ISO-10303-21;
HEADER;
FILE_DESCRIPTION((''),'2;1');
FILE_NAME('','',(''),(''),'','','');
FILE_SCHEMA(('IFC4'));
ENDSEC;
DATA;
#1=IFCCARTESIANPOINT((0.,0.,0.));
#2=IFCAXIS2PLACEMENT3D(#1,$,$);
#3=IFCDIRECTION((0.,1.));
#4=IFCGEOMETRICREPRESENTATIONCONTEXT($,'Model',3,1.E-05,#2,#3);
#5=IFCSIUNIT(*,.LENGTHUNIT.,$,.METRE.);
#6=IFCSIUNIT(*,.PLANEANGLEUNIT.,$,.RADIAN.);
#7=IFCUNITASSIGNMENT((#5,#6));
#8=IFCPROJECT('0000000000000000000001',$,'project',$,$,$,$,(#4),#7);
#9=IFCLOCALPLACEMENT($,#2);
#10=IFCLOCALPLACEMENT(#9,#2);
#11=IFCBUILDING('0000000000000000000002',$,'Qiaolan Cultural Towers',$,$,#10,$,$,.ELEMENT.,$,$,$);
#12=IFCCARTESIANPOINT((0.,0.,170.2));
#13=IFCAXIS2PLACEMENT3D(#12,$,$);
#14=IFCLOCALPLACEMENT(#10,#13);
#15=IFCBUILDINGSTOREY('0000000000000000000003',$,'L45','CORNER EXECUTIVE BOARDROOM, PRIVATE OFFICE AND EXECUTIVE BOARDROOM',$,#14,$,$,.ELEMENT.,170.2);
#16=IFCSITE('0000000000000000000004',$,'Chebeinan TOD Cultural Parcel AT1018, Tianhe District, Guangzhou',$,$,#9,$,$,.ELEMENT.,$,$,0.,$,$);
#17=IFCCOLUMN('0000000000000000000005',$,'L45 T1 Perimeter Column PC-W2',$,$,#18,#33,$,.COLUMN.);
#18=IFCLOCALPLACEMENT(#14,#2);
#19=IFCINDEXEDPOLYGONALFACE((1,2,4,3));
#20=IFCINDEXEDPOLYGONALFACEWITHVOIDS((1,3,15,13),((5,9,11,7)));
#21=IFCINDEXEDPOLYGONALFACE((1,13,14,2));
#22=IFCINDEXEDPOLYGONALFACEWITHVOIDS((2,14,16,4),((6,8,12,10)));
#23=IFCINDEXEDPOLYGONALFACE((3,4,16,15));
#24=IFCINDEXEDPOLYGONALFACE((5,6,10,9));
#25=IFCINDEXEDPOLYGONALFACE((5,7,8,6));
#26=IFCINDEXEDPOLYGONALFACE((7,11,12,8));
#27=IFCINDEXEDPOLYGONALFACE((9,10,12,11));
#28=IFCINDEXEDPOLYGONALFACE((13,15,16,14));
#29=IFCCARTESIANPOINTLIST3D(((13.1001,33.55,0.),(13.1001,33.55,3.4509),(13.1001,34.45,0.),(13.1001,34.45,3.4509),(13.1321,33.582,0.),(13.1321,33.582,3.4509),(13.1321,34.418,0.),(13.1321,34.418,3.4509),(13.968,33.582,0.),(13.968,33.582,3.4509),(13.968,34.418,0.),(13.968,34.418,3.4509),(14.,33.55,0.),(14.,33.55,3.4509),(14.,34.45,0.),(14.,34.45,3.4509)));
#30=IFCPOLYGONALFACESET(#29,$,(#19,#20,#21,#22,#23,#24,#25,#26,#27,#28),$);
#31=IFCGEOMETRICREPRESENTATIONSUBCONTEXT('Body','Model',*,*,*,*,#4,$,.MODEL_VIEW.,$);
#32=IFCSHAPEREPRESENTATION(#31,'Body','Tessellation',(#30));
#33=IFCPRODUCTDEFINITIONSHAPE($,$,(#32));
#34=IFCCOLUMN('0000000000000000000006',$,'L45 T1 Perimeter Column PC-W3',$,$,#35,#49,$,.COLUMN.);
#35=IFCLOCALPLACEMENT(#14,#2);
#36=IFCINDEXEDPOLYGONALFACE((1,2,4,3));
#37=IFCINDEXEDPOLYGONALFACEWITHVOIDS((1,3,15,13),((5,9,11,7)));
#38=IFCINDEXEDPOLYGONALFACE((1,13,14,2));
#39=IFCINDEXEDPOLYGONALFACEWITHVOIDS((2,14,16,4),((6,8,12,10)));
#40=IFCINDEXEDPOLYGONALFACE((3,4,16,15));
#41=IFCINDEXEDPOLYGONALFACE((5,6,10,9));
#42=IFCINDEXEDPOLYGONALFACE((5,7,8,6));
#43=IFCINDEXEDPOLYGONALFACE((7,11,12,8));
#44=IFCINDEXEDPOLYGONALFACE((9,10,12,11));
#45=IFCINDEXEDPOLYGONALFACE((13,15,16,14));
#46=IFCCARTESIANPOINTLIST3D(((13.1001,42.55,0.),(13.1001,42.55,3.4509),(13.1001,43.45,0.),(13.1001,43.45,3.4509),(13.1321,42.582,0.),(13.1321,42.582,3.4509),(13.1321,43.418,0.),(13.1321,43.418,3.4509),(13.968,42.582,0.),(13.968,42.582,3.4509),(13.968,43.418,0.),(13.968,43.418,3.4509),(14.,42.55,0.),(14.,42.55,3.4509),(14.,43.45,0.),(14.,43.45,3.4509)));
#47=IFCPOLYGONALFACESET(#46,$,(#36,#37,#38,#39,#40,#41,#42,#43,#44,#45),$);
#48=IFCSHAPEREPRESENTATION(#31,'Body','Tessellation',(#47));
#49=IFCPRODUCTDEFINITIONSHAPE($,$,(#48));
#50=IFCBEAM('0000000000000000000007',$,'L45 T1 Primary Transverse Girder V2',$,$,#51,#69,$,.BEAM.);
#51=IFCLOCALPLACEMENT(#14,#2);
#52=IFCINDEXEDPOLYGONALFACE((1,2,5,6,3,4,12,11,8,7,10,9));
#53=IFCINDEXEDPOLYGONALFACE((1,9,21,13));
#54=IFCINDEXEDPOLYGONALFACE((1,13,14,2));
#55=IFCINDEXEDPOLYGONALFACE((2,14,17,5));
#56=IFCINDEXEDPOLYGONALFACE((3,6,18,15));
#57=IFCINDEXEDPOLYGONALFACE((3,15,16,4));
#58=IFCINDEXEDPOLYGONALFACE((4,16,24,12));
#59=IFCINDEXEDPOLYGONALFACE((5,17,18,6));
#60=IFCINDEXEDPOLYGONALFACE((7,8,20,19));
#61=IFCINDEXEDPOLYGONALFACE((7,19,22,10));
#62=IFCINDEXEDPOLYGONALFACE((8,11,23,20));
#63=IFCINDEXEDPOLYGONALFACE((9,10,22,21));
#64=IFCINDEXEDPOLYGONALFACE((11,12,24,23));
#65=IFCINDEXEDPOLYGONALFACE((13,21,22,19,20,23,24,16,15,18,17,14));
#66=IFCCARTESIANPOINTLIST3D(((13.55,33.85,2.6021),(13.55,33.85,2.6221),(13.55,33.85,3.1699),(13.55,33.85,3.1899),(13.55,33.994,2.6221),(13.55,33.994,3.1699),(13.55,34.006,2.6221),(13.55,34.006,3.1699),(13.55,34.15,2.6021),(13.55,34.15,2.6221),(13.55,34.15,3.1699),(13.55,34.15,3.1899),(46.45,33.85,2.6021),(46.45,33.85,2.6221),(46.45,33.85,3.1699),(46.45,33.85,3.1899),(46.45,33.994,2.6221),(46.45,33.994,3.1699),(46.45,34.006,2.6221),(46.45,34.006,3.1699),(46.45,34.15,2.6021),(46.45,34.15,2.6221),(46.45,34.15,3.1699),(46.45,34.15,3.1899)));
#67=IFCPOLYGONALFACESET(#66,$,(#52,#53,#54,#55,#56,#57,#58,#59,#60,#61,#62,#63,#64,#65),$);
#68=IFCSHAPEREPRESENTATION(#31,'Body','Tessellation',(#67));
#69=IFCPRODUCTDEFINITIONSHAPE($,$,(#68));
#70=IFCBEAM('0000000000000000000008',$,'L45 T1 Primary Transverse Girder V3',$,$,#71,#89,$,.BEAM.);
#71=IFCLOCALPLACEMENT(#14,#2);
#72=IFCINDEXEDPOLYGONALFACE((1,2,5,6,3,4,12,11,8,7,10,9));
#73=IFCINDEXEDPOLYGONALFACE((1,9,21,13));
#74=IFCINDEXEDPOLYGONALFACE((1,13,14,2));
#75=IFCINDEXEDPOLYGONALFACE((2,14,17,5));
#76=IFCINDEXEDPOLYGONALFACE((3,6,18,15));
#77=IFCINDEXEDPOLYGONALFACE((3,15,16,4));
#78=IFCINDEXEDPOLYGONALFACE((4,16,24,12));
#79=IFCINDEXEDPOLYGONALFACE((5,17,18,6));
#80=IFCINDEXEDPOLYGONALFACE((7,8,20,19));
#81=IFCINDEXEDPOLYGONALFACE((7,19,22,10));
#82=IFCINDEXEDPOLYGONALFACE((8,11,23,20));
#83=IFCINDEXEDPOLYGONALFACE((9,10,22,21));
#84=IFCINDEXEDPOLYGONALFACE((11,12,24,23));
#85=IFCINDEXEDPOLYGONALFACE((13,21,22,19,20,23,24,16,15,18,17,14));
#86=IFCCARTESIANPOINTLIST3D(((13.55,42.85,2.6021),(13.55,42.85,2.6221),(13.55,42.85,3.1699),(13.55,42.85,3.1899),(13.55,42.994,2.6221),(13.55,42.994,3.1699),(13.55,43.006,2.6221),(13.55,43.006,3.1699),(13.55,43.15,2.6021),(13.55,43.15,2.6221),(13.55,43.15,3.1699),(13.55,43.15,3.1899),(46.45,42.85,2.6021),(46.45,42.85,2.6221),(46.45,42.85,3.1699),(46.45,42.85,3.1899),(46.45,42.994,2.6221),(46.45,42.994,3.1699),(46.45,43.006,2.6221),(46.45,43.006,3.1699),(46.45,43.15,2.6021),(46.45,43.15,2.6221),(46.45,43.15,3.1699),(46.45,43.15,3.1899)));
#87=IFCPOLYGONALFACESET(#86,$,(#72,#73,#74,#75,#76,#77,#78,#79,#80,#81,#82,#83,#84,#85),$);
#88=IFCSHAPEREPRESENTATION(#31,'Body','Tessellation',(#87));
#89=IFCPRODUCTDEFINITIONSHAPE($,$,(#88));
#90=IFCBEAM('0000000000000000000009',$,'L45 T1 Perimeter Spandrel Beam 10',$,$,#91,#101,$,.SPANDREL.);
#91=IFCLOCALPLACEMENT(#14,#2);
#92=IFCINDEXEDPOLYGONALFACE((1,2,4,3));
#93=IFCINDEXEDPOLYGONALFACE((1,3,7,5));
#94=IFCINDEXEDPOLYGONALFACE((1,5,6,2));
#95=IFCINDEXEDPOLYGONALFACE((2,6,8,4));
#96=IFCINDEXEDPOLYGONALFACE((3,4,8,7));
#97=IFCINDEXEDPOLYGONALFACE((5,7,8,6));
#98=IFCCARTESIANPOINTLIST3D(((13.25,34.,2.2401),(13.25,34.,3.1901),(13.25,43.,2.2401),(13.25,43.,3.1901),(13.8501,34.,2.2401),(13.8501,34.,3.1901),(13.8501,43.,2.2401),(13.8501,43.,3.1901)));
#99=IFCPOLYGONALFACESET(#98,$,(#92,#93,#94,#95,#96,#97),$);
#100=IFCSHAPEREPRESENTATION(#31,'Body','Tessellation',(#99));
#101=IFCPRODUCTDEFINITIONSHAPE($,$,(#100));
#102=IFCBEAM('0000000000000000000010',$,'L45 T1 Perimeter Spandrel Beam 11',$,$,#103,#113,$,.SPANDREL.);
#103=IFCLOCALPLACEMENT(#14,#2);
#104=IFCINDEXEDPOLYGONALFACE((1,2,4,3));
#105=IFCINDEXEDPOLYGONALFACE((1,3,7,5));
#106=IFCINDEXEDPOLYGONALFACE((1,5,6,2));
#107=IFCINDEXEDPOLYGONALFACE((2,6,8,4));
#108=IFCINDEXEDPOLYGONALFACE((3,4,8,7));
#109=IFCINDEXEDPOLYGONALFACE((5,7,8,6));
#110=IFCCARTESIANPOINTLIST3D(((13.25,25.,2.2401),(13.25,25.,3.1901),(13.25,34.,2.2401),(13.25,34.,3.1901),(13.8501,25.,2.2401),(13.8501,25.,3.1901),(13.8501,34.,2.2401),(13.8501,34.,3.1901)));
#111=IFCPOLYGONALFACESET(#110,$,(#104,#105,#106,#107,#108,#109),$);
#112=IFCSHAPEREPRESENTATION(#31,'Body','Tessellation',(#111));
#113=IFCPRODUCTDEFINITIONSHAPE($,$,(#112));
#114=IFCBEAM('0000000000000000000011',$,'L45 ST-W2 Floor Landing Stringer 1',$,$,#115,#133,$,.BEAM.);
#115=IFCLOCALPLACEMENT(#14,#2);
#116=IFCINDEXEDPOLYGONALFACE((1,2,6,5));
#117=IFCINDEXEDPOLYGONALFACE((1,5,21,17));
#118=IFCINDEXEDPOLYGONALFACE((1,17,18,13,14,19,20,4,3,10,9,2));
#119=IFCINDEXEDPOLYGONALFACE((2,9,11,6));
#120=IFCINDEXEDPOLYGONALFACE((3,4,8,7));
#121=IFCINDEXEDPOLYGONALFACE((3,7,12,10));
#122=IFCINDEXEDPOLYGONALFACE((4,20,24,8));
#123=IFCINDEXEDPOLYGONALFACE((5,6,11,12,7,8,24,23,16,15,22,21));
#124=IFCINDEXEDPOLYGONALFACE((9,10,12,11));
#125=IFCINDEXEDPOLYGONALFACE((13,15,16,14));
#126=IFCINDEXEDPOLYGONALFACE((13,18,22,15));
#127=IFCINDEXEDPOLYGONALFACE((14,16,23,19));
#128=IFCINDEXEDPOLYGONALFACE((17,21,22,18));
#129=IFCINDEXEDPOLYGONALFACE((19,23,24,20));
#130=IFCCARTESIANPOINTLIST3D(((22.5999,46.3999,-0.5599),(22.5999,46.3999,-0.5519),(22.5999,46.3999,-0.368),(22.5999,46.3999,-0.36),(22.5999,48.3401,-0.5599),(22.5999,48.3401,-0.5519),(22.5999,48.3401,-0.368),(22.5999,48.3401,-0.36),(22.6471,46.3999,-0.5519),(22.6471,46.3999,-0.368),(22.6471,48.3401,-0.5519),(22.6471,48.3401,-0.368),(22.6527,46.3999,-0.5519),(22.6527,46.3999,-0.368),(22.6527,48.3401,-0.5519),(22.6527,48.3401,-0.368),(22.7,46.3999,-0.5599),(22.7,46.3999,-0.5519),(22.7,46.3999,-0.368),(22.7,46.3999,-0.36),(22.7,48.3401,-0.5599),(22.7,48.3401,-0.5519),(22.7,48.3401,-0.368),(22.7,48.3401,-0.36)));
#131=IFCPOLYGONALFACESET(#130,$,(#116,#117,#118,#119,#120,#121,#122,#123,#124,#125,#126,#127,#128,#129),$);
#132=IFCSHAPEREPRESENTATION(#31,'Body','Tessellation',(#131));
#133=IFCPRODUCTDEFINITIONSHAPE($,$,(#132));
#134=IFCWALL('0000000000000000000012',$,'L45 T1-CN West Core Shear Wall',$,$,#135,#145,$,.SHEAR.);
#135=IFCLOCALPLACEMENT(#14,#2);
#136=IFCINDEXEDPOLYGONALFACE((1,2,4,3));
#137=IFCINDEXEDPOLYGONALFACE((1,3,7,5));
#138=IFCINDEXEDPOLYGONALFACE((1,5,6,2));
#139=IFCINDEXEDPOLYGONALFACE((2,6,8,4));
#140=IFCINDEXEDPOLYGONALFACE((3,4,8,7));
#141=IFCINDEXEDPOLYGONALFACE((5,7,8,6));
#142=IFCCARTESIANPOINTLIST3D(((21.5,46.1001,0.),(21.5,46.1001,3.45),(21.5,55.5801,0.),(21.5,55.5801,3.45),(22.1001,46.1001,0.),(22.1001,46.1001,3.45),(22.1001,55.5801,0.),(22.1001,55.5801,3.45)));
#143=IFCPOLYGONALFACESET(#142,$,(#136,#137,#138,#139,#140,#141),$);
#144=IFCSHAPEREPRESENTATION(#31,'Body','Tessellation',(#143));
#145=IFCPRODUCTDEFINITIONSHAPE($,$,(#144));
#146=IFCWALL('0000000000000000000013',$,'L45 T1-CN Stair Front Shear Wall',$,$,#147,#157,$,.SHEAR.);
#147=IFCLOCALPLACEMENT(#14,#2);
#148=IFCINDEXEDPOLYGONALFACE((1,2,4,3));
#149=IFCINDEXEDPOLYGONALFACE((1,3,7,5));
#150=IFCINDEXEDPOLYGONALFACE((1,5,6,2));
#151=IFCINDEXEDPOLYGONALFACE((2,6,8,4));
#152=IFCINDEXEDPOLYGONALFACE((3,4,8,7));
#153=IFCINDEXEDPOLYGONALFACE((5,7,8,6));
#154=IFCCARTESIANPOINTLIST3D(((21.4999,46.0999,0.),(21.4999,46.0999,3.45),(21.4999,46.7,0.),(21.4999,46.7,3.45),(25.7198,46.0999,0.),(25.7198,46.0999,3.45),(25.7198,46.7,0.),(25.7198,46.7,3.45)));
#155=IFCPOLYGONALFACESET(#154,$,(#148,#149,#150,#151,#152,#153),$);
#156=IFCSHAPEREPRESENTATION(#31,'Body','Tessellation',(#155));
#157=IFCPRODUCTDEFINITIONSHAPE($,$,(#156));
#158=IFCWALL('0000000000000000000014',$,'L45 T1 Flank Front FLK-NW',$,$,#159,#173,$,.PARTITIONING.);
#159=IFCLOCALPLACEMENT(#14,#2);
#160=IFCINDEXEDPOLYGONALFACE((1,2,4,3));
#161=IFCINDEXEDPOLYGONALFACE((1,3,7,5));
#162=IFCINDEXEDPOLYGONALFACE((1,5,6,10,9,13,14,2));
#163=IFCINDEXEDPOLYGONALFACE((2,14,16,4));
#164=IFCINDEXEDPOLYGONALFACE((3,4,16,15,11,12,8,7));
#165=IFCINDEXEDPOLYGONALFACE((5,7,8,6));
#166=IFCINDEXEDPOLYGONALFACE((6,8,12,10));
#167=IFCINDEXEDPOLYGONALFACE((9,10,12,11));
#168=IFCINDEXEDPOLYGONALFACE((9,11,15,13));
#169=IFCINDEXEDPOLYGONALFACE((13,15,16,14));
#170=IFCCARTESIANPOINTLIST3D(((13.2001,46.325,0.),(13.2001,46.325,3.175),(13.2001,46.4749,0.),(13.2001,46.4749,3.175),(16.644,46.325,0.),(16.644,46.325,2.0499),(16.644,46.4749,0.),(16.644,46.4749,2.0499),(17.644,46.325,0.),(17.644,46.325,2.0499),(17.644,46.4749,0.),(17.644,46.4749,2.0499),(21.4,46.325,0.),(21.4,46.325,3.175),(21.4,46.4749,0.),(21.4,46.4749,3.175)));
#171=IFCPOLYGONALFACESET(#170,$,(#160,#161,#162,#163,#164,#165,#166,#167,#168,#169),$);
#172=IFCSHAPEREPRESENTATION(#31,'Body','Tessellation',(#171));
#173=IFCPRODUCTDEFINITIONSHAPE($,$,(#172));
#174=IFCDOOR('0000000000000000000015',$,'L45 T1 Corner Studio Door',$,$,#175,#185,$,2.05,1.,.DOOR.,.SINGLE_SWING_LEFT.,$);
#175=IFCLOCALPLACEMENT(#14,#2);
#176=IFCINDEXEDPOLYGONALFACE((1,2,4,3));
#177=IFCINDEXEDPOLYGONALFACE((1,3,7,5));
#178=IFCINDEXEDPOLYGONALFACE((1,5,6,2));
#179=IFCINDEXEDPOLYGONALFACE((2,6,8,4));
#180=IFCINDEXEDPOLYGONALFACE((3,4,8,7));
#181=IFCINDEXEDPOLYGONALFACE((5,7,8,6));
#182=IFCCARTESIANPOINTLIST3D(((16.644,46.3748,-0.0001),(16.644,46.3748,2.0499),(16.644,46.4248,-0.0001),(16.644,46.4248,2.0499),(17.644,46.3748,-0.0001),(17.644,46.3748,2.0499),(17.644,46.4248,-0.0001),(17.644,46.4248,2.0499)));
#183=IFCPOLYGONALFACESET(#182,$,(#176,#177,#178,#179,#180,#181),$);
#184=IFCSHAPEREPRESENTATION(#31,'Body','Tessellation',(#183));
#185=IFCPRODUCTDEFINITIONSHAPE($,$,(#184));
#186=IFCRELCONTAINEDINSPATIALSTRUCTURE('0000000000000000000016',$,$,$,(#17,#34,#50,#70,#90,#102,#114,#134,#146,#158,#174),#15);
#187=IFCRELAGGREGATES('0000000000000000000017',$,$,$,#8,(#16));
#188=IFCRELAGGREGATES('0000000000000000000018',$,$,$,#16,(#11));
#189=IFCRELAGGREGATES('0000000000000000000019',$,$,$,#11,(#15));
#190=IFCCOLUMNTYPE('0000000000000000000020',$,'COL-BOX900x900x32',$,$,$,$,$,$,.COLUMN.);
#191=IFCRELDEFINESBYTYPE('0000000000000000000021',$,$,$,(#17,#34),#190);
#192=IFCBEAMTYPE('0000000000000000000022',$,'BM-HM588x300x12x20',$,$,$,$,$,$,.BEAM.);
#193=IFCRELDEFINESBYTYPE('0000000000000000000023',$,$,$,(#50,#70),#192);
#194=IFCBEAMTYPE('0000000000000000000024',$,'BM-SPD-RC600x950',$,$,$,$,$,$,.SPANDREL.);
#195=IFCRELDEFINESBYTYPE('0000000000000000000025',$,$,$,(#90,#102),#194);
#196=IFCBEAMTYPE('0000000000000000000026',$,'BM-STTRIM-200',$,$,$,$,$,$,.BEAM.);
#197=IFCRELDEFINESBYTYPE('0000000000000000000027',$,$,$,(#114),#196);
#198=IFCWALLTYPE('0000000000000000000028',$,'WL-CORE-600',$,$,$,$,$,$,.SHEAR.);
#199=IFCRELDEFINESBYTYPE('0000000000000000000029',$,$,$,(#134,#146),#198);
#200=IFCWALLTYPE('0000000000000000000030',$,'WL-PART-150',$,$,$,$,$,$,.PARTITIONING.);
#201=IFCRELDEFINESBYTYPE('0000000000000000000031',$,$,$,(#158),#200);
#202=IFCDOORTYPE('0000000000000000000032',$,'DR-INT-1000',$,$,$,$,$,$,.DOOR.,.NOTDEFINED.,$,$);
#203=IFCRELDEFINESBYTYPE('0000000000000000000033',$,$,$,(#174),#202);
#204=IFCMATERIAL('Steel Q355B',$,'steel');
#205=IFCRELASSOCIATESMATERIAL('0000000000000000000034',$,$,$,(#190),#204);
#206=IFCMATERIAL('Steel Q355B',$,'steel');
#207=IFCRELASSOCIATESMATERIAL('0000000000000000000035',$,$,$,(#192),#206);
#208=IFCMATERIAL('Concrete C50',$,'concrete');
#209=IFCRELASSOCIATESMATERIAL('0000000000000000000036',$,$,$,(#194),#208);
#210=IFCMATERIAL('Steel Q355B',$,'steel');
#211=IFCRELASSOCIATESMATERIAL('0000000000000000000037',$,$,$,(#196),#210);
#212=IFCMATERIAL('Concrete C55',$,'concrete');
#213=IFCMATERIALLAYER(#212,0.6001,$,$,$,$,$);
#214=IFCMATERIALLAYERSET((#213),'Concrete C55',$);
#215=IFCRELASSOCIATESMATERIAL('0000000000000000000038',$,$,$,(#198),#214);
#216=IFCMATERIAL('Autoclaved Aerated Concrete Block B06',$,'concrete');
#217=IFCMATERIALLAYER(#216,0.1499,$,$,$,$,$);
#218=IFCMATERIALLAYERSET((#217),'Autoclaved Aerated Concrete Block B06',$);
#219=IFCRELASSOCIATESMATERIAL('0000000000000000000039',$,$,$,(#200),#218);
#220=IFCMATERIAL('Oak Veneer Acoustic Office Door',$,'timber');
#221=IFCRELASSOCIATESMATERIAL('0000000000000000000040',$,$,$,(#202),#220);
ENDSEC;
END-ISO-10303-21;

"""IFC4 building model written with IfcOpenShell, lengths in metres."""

from ifc_helpers import new_model, si_unit, direction, frame, frame_2d, origin, origin_2d, place, context, subcontext, project, spatial, rectangle, hollow_rectangle, i_section, extrude, material, layer, layer_set, material_profile, profile_set, type_object, element, fill, save


model = new_model("IFC4")

# Units and contexts
model_context = context("Model", 3, precision=1e-05, world=origin(), true_north=direction((0.0, 1.0)))
body_context = subcontext(model_context, "Body", "Model", "MODEL_VIEW")
ifc_project = project(units=[si_unit("LENGTHUNIT", "METRE"), si_unit("PLANEANGLEUNIT", "RADIAN")], contexts=[model_context])

# Site, building, storey
site_placement = place(None, origin())
site = spatial("IfcSite", under=ifc_project, at=site_placement, Name="Chebeinan TOD Cultural Parcel AT1018, Tianhe District, Guangzhou", CompositionType="ELEMENT", RefElevation=0.0)
building_placement = place(site_placement, origin())
building = spatial("IfcBuilding", under=site, at=building_placement, Name="Qiaolan Cultural Towers", CompositionType="ELEMENT")
storey_placement = place(building_placement, frame((0.0, 0.0, 170.2)))
storey = spatial("IfcBuildingStorey", under=building, at=storey_placement, Name="L45", Description="CORNER EXECUTIVE BOARDROOM, PRIVATE OFFICE AND EXECUTIVE BOARDROOM", CompositionType="ELEMENT", Elevation=170.2)

# Columns
ifc_material_1 = material(Name="Steel Q355B", Category="steel")
ifc_material_profile_1 = material_profile(ifc_material_1, hollow_rectangle(XDim=0.8999, YDim=0.8999, WallThickness=0.032, at=origin_2d()), Name="BOX900x900x32")
ifc_profile_set_1 = profile_set([ifc_material_profile_1], Name="Steel Q355B")
column_type = type_object("IfcColumnType", Name="COL-BOX900x900x32", PredefinedType="COLUMN", material=ifc_profile_set_1)
for number, where, z_axis, x_axis, name in (
    (1, (13.55, 34.0, 0.0), (0.0, 0.0, 1.0), (1.0, 0.0, 0.0), "L45 T1 Perimeter Column PC-W2"),
    (2, (13.55, 43.0, 0.0), (0.0, 0.0, 1.0), (1.0, 0.0, 0.0), "L45 T1 Perimeter Column PC-W3"),
):
    element("IfcColumn", number, at=place(storey_placement, frame(where, z_axis=z_axis, x_axis=x_axis)), inside=storey, type_object=column_type, Name=name, PredefinedType="COLUMN", context=body_context, shape_type="SweptSolid", body=[
        extrude(hollow_rectangle(XDim=0.8999, YDim=0.8999, WallThickness=0.032, at=origin_2d()), origin(), (0.0, 0.0, 1.0), 3.4509),
    ])

# Beams
ifc_material_2 = material(Name="Steel Q355B", Category="steel")
ifc_material_profile_2 = material_profile(ifc_material_2, i_section(OverallWidth=0.3, OverallDepth=0.5879, WebThickness=0.012, FlangeThickness=0.02, at=origin_2d()), Name="HM588x300x12x20")
ifc_profile_set_2 = profile_set([ifc_material_profile_2], Name="Steel Q355B")
beam_type_1 = type_object("IfcBeamType", Name="BM-HM588x300x12x20", PredefinedType="BEAM", material=ifc_profile_set_2)
for number, where, z_axis, x_axis, name in (
    (3, (13.55, 34.0, 2.896), (1.0, 0.0, 0.0), (0.0, 1.0, 0.0), "L45 T1 Primary Transverse Girder V2"),
    (4, (13.55, 43.0, 2.896), (1.0, 0.0, 0.0), (0.0, 1.0, 0.0), "L45 T1 Primary Transverse Girder V3"),
):
    element("IfcBeam", number, at=place(storey_placement, frame(where, z_axis=z_axis, x_axis=x_axis)), inside=storey, type_object=beam_type_1, Name=name, PredefinedType="BEAM", context=body_context, shape_type="SweptSolid", body=[
        extrude(i_section(OverallWidth=0.3, OverallDepth=0.5879, WebThickness=0.012, FlangeThickness=0.02, at=origin_2d()), origin(), (0.0, 0.0, 1.0), 32.8999),
    ])
ifc_material_3 = material(Name="Concrete C50", Category="concrete")
ifc_material_profile_3 = material_profile(ifc_material_3, rectangle(XDim=0.6001, YDim=0.95, at=origin_2d()), Name="RC600x950")
ifc_profile_set_3 = profile_set([ifc_material_profile_3], Name="Concrete C50")
beam_type_2 = type_object("IfcBeamType", Name="BM-SPD-RC600x950", PredefinedType="SPANDREL", material=ifc_profile_set_3)
for number, where, z_axis, x_axis, name in (
    (5, (13.55, 43.0, 2.7151), (0.0, -1.0, 0.0), (1.0, 0.0, 0.0), "L45 T1 Perimeter Spandrel Beam 10"),
    (6, (13.55, 34.0, 2.7151), (0.0, -1.0, 0.0), (1.0, 0.0, 0.0), "L45 T1 Perimeter Spandrel Beam 11"),
):
    element("IfcBeam", number, at=place(storey_placement, frame(where, z_axis=z_axis, x_axis=x_axis)), inside=storey, type_object=beam_type_2, Name=name, PredefinedType="SPANDREL", context=body_context, shape_type="SweptSolid", body=[
        extrude(rectangle(XDim=0.6001, YDim=0.95, at=origin_2d()), origin(), (0.0, 0.0, 1.0), 9.0),
    ])
ifc_material_4 = material(Name="Steel Q355B", Category="steel")
ifc_material_profile_4 = material_profile(ifc_material_4, i_section(OverallWidth=0.1001, OverallDepth=0.2, WebThickness=0.0056, FlangeThickness=0.0081, at=origin_2d()), Name="HN200x100x5.5x8")
ifc_profile_set_4 = profile_set([ifc_material_profile_4], Name="Steel Q355B")
beam_type_3 = type_object("IfcBeamType", Name="BM-STTRIM-200", PredefinedType="BEAM", material=ifc_profile_set_4)
beam_placement = place(storey_placement, frame((22.6499, 46.3999, -0.46), z_axis=(0.0, 1.0, 0.0), x_axis=(-1.0, 0.0, 0.0)))
element("IfcBeam", 7, at=beam_placement, inside=storey, type_object=beam_type_3, Name="L45 ST-W2 Floor Landing Stringer 1", PredefinedType="BEAM", context=body_context, shape_type="SweptSolid", body=[
    extrude(i_section(OverallWidth=0.1001, OverallDepth=0.2, WebThickness=0.0056, FlangeThickness=0.0081, at=origin_2d()), origin(), (0.0, 0.0, 1.0), 1.9402),
])

# Walls
ifc_material_5 = material(Name="Concrete C55", Category="concrete")
ifc_layer_1 = layer(ifc_material_5, 0.6001)
ifc_layer_set_1 = layer_set([ifc_layer_1], Name="Concrete C55")
wall_type_1 = type_object("IfcWallType", Name="WL-CORE-600", PredefinedType="SHEAR", material=ifc_layer_set_1)
wall_1_placement = place(storey_placement, frame((21.8, 46.1001, 0.0), z_axis=(0.0, 0.0, 1.0), x_axis=(0.0, 1.0, 0.0)))
element("IfcWall", 8, at=wall_1_placement, inside=storey, type_object=wall_type_1, Name="L45 T1-CN West Core Shear Wall", PredefinedType="SHEAR", context=body_context, shape_type="SweptSolid", body=[
    extrude(rectangle(XDim=9.48, YDim=0.6001, at=frame_2d((4.74, 0.0))), origin(), (0.0, 0.0, 1.0), 3.45),
])
wall_2_placement = place(storey_placement, frame((21.5, 46.3999, 0.0), z_axis=(0.0, 0.0, 1.0), x_axis=(1.0, 0.0, 0.0)))
element("IfcWall", 9, at=wall_2_placement, inside=storey, type_object=wall_type_1, Name="L45 T1-CN Stair Front Shear Wall", PredefinedType="SHEAR", context=body_context, shape_type="SweptSolid", body=[
    extrude(rectangle(XDim=4.22, YDim=0.6001, at=frame_2d((2.1099, 0.0))), origin(), (0.0, 0.0, 1.0), 3.45),
])

# Wall, opening, door
ifc_material_6 = material(Name="Autoclaved Aerated Concrete Block B06", Category="concrete")
ifc_layer_2 = layer(ifc_material_6, 0.1499)
ifc_layer_set_2 = layer_set([ifc_layer_2], Name="Autoclaved Aerated Concrete Block B06")
wall_type_2 = type_object("IfcWallType", Name="WL-PART-150", PredefinedType="PARTITIONING", material=ifc_layer_set_2)
wall_3_placement = place(storey_placement, frame((13.2, 46.3999, 0.0), z_axis=(0.0, 0.0, 1.0), x_axis=(1.0, 0.0, 0.0)))
wall_3 = element("IfcWall", 10, at=wall_3_placement, inside=storey, type_object=wall_type_2, Name="L45 T1 Flank Front FLK-NW", PredefinedType="PARTITIONING", context=body_context, shape_type="SweptSolid", body=[
    extrude(rectangle(XDim=8.2, YDim=0.1499, at=frame_2d((4.1001, 0.0))), origin(), (0.0, 0.0, 1.0), 3.175),
])
opening_placement = place(wall_3_placement, frame((3.4441, 0.0, 0.0)))
opening = element("IfcOpeningElement", 11, at=opening_placement, cuts=wall_3, PredefinedType="OPENING", context=body_context, shape_type="SweptSolid", body=[
    extrude(rectangle(XDim=1.0, YDim=2.05, at=frame_2d((0.5, 1.0249))), frame((0.0, 0.085, 0.0), z_axis=(0.0, -1.0, 0.0), x_axis=(1.0, 0.0, 0.0)), (0.0, 0.0, 1.0), 0.1699),
])
ifc_material_7 = material(Name="Oak Veneer Acoustic Office Door", Category="timber")
door_type = type_object("IfcDoorType", Name="DR-INT-1000", OperationType="NOTDEFINED", PredefinedType="DOOR", material=ifc_material_7)
door_placement = place(opening_placement, origin())
door = element("IfcDoor", 12, at=door_placement, inside=storey, type_object=door_type, Name="L45 T1 Corner Studio Door", OperationType="SINGLE_SWING_LEFT", OverallHeight=2.05, OverallWidth=1.0, PredefinedType="DOOR", context=body_context, shape_type="SweptSolid", body=[
    extrude(rectangle(XDim=1.0, YDim=2.05, at=frame_2d((0.5, 1.0249))), frame((0.0, 0.0249, 0.0), z_axis=(0.0, -1.0, 0.0), x_axis=(1.0, 0.0, 0.0)), (0.0, 0.0, 1.0), 0.05),
])
fill(opening, door)

save(model, "model.ifc")
